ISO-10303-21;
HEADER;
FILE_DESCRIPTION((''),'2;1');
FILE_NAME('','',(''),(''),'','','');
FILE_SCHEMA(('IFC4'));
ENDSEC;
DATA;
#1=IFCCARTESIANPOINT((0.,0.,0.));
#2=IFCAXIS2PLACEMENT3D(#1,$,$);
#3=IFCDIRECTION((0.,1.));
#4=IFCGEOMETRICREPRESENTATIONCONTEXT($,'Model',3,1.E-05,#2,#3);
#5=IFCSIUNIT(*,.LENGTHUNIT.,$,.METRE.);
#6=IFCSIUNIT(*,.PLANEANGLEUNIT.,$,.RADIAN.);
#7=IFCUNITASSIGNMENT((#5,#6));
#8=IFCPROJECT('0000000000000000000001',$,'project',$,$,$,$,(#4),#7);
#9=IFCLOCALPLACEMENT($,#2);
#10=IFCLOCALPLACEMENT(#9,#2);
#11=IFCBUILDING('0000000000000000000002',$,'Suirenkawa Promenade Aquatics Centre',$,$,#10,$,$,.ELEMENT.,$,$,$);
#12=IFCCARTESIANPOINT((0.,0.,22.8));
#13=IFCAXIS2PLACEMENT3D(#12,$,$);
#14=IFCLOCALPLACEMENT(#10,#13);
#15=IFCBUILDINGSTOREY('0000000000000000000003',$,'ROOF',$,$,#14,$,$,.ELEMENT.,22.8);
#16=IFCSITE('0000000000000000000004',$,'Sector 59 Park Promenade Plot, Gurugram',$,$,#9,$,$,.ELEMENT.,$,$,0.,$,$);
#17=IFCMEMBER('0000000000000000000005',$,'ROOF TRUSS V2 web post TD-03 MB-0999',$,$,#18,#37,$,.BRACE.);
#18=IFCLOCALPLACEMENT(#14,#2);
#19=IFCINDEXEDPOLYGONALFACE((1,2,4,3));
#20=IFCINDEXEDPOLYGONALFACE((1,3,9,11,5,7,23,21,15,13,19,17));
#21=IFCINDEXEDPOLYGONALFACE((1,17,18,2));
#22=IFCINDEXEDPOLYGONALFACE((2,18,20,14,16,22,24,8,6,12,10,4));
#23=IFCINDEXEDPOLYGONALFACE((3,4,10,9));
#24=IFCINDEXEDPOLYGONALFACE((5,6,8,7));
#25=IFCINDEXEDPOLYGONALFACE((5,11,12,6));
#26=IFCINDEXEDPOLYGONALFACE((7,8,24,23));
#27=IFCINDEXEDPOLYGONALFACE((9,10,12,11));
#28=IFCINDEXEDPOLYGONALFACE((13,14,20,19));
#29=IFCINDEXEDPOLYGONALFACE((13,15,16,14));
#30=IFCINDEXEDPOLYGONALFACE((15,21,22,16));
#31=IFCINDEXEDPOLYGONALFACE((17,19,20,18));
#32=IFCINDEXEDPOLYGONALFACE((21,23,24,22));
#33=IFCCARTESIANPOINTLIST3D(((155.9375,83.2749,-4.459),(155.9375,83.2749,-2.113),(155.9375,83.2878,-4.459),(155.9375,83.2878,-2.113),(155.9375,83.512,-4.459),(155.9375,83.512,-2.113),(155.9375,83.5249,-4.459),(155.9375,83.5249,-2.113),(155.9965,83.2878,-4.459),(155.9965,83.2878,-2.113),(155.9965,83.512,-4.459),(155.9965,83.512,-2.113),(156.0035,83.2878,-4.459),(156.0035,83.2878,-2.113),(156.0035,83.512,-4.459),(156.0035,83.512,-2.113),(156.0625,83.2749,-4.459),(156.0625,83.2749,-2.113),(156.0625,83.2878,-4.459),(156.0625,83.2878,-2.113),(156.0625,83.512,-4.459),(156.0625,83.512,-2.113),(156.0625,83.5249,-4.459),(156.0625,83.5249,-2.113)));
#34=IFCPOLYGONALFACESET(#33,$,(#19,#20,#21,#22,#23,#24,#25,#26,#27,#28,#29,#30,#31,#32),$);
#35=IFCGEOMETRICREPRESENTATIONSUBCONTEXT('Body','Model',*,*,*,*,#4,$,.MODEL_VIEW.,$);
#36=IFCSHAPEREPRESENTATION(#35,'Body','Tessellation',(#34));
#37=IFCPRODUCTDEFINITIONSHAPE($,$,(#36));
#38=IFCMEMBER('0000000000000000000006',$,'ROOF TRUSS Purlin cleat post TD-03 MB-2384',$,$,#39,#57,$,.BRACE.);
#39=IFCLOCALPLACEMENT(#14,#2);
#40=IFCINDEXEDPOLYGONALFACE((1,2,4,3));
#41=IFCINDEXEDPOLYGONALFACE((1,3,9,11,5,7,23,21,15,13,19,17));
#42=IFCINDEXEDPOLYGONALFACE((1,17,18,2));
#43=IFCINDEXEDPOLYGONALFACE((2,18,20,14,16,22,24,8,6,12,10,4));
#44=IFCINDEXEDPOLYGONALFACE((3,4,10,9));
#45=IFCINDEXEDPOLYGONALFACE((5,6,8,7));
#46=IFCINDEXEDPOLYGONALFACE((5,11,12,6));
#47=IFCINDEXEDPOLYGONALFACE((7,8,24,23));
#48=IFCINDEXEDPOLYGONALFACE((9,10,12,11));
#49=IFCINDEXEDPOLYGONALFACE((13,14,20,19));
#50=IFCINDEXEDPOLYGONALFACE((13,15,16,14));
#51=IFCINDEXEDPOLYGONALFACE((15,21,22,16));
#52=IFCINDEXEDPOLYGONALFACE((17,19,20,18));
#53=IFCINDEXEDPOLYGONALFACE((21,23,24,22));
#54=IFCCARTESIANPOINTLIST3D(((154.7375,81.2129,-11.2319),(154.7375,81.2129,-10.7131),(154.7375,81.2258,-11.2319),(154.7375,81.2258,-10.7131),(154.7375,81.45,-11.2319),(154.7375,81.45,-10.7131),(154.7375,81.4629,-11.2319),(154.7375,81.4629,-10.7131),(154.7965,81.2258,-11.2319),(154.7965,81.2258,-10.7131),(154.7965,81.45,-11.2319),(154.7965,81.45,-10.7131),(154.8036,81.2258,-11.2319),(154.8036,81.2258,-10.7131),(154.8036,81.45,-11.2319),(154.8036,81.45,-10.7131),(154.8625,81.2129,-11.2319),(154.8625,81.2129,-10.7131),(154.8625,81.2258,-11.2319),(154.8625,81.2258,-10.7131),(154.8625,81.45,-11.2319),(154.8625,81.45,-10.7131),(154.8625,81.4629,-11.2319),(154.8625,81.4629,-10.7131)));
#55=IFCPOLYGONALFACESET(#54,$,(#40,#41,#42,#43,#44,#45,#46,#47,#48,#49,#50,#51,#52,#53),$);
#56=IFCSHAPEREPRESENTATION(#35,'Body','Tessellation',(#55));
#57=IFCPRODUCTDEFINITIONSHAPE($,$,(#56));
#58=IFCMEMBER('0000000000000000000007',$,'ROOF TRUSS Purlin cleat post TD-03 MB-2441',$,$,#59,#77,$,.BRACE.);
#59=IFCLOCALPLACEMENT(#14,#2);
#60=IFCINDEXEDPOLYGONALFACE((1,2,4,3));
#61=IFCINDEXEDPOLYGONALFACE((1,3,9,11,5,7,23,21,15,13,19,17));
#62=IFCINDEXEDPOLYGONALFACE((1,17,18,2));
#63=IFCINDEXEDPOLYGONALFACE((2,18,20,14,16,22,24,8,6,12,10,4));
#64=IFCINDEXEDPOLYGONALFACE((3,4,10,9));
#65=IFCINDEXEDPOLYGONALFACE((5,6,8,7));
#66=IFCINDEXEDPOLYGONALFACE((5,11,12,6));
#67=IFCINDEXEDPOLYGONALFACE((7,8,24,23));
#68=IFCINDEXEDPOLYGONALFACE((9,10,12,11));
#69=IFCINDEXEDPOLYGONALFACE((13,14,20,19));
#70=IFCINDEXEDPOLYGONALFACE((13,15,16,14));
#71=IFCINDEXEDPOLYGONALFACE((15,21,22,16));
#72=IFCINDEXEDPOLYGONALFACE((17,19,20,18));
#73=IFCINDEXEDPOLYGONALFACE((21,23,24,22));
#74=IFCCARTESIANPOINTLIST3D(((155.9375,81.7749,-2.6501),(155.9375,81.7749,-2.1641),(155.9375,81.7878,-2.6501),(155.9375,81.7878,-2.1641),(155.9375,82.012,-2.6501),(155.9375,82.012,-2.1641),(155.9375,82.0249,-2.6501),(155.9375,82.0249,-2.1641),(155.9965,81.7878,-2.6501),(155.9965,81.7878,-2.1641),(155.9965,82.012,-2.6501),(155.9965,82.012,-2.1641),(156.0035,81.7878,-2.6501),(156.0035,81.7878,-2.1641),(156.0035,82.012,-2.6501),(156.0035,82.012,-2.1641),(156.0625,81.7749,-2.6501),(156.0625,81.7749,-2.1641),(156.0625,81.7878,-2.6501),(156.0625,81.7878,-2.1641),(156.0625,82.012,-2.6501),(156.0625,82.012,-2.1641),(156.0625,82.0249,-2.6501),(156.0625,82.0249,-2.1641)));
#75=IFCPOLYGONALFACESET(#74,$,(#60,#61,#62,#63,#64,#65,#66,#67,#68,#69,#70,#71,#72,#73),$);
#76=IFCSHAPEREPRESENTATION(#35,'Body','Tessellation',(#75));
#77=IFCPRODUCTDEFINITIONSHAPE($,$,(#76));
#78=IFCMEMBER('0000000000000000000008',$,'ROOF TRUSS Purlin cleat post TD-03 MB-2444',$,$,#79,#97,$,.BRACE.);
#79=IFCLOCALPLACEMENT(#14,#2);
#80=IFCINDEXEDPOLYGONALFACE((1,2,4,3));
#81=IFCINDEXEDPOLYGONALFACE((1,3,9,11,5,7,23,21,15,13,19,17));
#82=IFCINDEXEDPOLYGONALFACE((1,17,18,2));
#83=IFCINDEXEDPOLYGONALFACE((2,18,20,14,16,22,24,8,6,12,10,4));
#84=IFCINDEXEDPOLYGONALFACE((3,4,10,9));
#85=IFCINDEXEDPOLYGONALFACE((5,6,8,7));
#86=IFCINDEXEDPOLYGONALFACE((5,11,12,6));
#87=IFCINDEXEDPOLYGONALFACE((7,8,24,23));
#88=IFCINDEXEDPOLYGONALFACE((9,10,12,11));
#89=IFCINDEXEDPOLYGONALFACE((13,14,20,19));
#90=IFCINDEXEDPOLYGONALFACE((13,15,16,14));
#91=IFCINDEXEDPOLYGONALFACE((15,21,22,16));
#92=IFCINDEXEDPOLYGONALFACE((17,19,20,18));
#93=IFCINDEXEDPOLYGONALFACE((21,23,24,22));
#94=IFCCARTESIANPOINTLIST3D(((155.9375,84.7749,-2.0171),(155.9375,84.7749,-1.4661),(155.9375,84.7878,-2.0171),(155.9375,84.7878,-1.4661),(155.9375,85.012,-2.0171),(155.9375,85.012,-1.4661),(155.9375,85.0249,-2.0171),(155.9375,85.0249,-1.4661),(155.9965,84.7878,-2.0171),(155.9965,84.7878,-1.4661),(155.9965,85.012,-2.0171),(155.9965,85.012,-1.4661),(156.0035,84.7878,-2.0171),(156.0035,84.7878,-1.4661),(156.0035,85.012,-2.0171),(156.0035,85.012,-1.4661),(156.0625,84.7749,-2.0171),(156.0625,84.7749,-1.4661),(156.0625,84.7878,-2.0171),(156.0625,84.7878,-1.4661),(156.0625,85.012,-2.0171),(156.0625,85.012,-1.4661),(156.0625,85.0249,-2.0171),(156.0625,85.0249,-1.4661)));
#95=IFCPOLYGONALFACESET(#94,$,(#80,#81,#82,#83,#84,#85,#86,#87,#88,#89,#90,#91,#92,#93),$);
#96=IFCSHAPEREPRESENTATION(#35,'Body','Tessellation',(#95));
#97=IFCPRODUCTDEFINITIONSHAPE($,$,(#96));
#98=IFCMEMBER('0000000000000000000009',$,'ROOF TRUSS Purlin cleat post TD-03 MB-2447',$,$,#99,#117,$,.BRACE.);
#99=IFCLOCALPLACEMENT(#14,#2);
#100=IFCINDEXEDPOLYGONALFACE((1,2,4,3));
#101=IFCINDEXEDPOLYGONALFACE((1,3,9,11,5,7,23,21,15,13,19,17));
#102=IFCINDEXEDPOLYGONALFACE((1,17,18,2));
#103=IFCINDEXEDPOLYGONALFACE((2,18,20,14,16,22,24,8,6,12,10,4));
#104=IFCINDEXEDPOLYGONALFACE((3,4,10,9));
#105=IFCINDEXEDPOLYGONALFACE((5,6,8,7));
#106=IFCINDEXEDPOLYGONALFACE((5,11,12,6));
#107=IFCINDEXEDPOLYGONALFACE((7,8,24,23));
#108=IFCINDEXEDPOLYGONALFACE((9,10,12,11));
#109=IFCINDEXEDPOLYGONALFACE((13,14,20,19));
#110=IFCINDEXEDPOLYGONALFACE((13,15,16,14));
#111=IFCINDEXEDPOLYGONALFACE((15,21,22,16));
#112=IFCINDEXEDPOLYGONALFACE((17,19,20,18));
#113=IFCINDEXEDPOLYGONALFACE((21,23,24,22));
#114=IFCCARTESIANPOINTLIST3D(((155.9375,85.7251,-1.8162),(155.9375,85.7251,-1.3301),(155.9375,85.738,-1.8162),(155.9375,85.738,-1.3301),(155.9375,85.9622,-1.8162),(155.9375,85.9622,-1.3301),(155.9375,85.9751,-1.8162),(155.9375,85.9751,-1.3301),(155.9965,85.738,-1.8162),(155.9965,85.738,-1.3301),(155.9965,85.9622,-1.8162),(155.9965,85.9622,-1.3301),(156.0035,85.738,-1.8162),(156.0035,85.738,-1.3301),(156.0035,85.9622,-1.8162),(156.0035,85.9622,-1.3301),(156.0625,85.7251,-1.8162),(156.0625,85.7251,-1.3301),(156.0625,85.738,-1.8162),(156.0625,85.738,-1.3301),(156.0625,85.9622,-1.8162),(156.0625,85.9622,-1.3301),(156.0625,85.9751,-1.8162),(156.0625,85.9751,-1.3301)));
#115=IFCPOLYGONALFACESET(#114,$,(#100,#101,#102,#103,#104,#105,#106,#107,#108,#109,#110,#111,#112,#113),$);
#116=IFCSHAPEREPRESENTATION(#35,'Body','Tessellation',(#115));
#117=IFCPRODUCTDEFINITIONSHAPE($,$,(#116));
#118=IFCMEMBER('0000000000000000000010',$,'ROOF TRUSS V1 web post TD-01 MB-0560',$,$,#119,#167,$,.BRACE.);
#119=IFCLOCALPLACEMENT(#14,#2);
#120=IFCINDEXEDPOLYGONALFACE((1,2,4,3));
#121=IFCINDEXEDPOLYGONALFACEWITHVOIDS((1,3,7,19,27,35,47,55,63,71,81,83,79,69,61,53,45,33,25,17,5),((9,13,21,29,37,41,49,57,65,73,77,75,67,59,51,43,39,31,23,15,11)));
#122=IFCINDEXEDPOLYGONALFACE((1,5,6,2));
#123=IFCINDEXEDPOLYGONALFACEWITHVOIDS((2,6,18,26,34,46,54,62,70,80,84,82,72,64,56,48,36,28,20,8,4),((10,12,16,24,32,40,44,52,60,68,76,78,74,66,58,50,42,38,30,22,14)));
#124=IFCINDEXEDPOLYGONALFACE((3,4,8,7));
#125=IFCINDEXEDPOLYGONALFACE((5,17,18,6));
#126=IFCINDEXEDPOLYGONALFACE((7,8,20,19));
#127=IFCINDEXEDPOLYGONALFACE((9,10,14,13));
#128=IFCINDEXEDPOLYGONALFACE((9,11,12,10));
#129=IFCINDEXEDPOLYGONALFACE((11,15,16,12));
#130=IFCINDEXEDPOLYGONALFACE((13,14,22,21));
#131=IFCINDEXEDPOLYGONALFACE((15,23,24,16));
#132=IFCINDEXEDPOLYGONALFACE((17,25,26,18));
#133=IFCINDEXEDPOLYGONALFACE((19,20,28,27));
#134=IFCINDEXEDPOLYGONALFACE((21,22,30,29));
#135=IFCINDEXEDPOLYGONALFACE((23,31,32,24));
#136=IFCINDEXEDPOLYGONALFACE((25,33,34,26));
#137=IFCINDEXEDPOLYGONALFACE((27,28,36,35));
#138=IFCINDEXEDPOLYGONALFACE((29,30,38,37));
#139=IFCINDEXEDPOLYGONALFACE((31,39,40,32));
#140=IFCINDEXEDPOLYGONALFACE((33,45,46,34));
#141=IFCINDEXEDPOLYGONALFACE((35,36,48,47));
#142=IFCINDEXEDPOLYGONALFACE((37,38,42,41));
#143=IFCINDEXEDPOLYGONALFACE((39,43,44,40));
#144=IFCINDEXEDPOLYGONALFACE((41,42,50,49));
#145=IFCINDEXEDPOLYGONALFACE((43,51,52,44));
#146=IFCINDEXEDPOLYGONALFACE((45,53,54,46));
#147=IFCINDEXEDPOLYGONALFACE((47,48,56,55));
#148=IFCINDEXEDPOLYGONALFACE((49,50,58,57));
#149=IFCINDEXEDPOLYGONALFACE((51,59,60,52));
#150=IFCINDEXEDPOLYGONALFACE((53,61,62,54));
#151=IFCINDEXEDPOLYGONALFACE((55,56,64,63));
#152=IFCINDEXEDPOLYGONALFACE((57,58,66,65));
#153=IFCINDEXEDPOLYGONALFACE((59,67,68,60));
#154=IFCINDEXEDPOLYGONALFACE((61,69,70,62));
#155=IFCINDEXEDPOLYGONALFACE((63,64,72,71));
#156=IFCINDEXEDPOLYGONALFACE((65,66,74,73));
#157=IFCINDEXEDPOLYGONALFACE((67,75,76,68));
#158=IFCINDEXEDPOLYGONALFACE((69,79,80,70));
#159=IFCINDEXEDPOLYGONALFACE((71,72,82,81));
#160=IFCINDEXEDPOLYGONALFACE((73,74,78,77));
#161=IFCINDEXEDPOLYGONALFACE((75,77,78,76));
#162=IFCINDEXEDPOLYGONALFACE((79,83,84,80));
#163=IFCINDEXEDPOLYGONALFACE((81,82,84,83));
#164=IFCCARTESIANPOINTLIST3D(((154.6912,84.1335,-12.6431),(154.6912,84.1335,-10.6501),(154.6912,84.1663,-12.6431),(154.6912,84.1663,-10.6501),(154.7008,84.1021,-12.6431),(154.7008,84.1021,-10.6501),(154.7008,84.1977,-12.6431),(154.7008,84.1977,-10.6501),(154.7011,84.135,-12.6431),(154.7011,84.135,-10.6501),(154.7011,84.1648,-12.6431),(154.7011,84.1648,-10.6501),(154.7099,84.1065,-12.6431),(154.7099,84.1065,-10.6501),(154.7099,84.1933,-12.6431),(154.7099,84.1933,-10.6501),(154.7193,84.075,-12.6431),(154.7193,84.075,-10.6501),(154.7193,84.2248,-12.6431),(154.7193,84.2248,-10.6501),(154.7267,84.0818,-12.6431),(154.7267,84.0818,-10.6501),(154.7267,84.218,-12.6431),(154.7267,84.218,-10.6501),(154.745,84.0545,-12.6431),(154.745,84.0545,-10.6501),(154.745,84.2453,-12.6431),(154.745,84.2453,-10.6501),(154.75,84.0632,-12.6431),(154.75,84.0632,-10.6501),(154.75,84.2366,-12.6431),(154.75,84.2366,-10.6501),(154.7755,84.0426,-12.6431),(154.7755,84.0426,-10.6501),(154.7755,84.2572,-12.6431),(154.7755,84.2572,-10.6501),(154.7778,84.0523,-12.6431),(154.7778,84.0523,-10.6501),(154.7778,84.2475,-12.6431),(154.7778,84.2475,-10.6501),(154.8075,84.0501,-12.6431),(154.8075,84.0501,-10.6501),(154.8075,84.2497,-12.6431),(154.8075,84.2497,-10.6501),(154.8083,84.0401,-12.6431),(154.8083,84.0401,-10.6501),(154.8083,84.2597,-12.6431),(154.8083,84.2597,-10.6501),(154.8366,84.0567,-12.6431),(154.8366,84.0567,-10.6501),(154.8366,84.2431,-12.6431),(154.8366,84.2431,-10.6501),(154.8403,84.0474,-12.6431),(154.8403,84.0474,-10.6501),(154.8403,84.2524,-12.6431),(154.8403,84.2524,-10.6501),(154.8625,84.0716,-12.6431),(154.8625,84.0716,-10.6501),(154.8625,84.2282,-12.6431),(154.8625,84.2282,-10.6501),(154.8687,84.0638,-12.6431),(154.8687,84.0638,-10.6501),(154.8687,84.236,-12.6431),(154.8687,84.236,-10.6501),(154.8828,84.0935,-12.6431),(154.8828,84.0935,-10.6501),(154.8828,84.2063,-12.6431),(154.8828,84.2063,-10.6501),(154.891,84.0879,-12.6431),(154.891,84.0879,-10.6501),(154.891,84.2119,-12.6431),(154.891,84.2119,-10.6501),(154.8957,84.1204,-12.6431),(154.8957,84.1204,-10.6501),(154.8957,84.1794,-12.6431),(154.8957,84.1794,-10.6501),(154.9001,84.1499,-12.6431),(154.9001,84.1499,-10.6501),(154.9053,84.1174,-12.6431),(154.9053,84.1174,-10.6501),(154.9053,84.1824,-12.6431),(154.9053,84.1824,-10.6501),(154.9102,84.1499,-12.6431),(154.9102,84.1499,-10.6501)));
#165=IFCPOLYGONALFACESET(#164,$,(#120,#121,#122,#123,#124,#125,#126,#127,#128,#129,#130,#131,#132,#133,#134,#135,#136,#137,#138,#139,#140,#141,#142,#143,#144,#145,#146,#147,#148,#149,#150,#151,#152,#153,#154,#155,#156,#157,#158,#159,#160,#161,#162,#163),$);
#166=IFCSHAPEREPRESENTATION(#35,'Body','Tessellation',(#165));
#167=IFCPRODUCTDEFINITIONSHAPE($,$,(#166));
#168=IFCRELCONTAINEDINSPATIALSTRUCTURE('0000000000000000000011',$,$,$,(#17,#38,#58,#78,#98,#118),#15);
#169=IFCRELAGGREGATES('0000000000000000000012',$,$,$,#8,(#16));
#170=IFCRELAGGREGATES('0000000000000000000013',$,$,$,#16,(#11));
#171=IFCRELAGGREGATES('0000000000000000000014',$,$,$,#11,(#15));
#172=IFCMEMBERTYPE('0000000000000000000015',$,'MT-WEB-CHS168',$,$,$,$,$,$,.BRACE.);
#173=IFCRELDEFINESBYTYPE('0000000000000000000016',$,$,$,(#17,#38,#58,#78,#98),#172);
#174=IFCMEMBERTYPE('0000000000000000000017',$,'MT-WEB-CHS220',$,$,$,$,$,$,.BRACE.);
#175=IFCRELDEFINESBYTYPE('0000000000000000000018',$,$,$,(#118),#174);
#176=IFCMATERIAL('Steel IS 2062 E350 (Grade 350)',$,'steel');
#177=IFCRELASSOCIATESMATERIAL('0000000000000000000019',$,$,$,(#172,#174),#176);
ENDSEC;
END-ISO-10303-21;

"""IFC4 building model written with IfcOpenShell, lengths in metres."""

from ifc_helpers import new_model, si_unit, direction, frame, origin, origin_2d, place, context, subcontext, project, spatial, hollow_circle, i_section, extrude, material, material_profile, profile_set, type_object, element, save


model = new_model("IFC4")

# Units and contexts
model_context = context("Model", 3, precision=1e-05, world=origin(), true_north=direction((0.0, 1.0)))
body_context = subcontext(model_context, "Body", "Model", "MODEL_VIEW")
ifc_project = project(units=[si_unit("LENGTHUNIT", "METRE"), si_unit("PLANEANGLEUNIT", "RADIAN")], contexts=[model_context])

# Site, building, storey
site_placement = place(None, origin())
site = spatial("IfcSite", under=ifc_project, at=site_placement, Name="Sector 59 Park Promenade Plot, Gurugram", CompositionType="ELEMENT", RefElevation=0.0)
building_placement = place(site_placement, origin())
building = spatial("IfcBuilding", under=site, at=building_placement, Name="Suirenkawa Promenade Aquatics Centre", CompositionType="ELEMENT")
storey_placement = place(building_placement, frame((0.0, 0.0, 22.8)))
storey = spatial("IfcBuildingStorey", under=building, at=storey_placement, Name="ROOF", CompositionType="ELEMENT", Elevation=22.8)

# Shared definitions
ifc_material = material(Name="Steel IS 2062 E350 (Grade 350)", Category="steel")

# Members
ifc_material_profile_1 = material_profile(ifc_material, i_section(OverallWidth=0.125, OverallDepth=0.25, WebThickness=0.0071, FlangeThickness=0.0129, at=origin_2d()), Name="ISMB 250", Category="steel")
ifc_profile_set_1 = profile_set([ifc_material_profile_1], Name="Steel IS 2062 E350 (Grade 350)")
member_type_1 = type_object("IfcMemberType", Name="MT-WEB-CHS168", PredefinedType="BRACE", material=ifc_profile_set_1)
member_1_placement = place(storey_placement, frame((156.0, 83.3999, -4.459), z_axis=(0.0, 0.0, 1.0), x_axis=(1.0, 0.0, 0.0)))
element("IfcMember", 1, at=member_1_placement, inside=storey, type_object=member_type_1, Name="ROOF TRUSS V2 web post TD-03 MB-0999", PredefinedType="BRACE", context=body_context, shape_type="SweptSolid", body=[
    extrude(i_section(OverallWidth=0.125, OverallDepth=0.25, WebThickness=0.0071, FlangeThickness=0.0129, at=origin_2d()), origin(), (0.0, 0.0, 1.0), 2.3459),
])
member_2_placement = place(storey_placement, frame((154.8, 81.3379, -11.2319), z_axis=(0.0, 0.0, 1.0), x_axis=(1.0, 0.0, 0.0)))
element("IfcMember", 2, at=member_2_placement, inside=storey, type_object=member_type_1, Name="ROOF TRUSS Purlin cleat post TD-03 MB-2384", PredefinedType="BRACE", context=body_context, shape_type="SweptSolid", body=[
    extrude(i_section(OverallWidth=0.125, OverallDepth=0.25, WebThickness=0.0071, FlangeThickness=0.0129, at=origin_2d()), origin(), (0.0, 0.0, 1.0), 0.5188),
])
member_3_placement = place(storey_placement, frame((156.0, 81.8999, -2.6501), z_axis=(0.0, 0.0, 1.0), x_axis=(1.0, 0.0, 0.0)))
element("IfcMember", 3, at=member_3_placement, inside=storey, type_object=member_type_1, Name="ROOF TRUSS Purlin cleat post TD-03 MB-2441", PredefinedType="BRACE", context=body_context, shape_type="SweptSolid", body=[
    extrude(i_section(OverallWidth=0.125, OverallDepth=0.25, WebThickness=0.0071, FlangeThickness=0.0129, at=origin_2d()), origin(), (0.0, 0.0, 1.0), 0.4861),
])
member_4_placement = place(storey_placement, frame((156.0, 84.8999, -2.0171), z_axis=(0.0, 0.0, 1.0), x_axis=(1.0, 0.0, 0.0)))
element("IfcMember", 4, at=member_4_placement, inside=storey, type_object=member_type_1, Name="ROOF TRUSS Purlin cleat post TD-03 MB-2444", PredefinedType="BRACE", context=body_context, shape_type="SweptSolid", body=[
    extrude(i_section(OverallWidth=0.125, OverallDepth=0.25, WebThickness=0.0071, FlangeThickness=0.0129, at=origin_2d()), origin(), (0.0, 0.0, 1.0), 0.551),
])
member_5_placement = place(storey_placement, frame((156.0, 85.8501, -1.8162), z_axis=(0.0, 0.0, 1.0), x_axis=(1.0, 0.0, 0.0)))
element("IfcMember", 5, at=member_5_placement, inside=storey, type_object=member_type_1, Name="ROOF TRUSS Purlin cleat post TD-03 MB-2447", PredefinedType="BRACE", context=body_context, shape_type="SweptSolid", body=[
    extrude(i_section(OverallWidth=0.125, OverallDepth=0.25, WebThickness=0.0071, FlangeThickness=0.0129, at=origin_2d()), origin(), (0.0, 0.0, 1.0), 0.4861),
])
ifc_material_profile_2 = material_profile(ifc_material, hollow_circle(Radius=0.1101, WallThickness=0.01, at=origin_2d()), Name="CHS 220x10", Category="steel")
ifc_profile_set_2 = profile_set([ifc_material_profile_2], Name="Steel IS 2062 E350 (Grade 350)")
member_type_2 = type_object("IfcMemberType", Name="MT-WEB-CHS220", PredefinedType="BRACE", material=ifc_profile_set_2)
member_6_placement = place(storey_placement, frame((154.8, 84.1499, -12.6431), z_axis=(0.0, 0.0, 1.0), x_axis=(1.0, 0.0, 0.0)))
element("IfcMember", 6, at=member_6_placement, inside=storey, type_object=member_type_2, Name="ROOF TRUSS V1 web post TD-01 MB-0560", PredefinedType="BRACE", context=body_context, shape_type="SweptSolid", body=[
    extrude(hollow_circle(Radius=0.1101, WallThickness=0.01, at=origin_2d()), origin(), (0.0, 0.0, 1.0), 1.9929),
])

save(model, "model.ifc")
